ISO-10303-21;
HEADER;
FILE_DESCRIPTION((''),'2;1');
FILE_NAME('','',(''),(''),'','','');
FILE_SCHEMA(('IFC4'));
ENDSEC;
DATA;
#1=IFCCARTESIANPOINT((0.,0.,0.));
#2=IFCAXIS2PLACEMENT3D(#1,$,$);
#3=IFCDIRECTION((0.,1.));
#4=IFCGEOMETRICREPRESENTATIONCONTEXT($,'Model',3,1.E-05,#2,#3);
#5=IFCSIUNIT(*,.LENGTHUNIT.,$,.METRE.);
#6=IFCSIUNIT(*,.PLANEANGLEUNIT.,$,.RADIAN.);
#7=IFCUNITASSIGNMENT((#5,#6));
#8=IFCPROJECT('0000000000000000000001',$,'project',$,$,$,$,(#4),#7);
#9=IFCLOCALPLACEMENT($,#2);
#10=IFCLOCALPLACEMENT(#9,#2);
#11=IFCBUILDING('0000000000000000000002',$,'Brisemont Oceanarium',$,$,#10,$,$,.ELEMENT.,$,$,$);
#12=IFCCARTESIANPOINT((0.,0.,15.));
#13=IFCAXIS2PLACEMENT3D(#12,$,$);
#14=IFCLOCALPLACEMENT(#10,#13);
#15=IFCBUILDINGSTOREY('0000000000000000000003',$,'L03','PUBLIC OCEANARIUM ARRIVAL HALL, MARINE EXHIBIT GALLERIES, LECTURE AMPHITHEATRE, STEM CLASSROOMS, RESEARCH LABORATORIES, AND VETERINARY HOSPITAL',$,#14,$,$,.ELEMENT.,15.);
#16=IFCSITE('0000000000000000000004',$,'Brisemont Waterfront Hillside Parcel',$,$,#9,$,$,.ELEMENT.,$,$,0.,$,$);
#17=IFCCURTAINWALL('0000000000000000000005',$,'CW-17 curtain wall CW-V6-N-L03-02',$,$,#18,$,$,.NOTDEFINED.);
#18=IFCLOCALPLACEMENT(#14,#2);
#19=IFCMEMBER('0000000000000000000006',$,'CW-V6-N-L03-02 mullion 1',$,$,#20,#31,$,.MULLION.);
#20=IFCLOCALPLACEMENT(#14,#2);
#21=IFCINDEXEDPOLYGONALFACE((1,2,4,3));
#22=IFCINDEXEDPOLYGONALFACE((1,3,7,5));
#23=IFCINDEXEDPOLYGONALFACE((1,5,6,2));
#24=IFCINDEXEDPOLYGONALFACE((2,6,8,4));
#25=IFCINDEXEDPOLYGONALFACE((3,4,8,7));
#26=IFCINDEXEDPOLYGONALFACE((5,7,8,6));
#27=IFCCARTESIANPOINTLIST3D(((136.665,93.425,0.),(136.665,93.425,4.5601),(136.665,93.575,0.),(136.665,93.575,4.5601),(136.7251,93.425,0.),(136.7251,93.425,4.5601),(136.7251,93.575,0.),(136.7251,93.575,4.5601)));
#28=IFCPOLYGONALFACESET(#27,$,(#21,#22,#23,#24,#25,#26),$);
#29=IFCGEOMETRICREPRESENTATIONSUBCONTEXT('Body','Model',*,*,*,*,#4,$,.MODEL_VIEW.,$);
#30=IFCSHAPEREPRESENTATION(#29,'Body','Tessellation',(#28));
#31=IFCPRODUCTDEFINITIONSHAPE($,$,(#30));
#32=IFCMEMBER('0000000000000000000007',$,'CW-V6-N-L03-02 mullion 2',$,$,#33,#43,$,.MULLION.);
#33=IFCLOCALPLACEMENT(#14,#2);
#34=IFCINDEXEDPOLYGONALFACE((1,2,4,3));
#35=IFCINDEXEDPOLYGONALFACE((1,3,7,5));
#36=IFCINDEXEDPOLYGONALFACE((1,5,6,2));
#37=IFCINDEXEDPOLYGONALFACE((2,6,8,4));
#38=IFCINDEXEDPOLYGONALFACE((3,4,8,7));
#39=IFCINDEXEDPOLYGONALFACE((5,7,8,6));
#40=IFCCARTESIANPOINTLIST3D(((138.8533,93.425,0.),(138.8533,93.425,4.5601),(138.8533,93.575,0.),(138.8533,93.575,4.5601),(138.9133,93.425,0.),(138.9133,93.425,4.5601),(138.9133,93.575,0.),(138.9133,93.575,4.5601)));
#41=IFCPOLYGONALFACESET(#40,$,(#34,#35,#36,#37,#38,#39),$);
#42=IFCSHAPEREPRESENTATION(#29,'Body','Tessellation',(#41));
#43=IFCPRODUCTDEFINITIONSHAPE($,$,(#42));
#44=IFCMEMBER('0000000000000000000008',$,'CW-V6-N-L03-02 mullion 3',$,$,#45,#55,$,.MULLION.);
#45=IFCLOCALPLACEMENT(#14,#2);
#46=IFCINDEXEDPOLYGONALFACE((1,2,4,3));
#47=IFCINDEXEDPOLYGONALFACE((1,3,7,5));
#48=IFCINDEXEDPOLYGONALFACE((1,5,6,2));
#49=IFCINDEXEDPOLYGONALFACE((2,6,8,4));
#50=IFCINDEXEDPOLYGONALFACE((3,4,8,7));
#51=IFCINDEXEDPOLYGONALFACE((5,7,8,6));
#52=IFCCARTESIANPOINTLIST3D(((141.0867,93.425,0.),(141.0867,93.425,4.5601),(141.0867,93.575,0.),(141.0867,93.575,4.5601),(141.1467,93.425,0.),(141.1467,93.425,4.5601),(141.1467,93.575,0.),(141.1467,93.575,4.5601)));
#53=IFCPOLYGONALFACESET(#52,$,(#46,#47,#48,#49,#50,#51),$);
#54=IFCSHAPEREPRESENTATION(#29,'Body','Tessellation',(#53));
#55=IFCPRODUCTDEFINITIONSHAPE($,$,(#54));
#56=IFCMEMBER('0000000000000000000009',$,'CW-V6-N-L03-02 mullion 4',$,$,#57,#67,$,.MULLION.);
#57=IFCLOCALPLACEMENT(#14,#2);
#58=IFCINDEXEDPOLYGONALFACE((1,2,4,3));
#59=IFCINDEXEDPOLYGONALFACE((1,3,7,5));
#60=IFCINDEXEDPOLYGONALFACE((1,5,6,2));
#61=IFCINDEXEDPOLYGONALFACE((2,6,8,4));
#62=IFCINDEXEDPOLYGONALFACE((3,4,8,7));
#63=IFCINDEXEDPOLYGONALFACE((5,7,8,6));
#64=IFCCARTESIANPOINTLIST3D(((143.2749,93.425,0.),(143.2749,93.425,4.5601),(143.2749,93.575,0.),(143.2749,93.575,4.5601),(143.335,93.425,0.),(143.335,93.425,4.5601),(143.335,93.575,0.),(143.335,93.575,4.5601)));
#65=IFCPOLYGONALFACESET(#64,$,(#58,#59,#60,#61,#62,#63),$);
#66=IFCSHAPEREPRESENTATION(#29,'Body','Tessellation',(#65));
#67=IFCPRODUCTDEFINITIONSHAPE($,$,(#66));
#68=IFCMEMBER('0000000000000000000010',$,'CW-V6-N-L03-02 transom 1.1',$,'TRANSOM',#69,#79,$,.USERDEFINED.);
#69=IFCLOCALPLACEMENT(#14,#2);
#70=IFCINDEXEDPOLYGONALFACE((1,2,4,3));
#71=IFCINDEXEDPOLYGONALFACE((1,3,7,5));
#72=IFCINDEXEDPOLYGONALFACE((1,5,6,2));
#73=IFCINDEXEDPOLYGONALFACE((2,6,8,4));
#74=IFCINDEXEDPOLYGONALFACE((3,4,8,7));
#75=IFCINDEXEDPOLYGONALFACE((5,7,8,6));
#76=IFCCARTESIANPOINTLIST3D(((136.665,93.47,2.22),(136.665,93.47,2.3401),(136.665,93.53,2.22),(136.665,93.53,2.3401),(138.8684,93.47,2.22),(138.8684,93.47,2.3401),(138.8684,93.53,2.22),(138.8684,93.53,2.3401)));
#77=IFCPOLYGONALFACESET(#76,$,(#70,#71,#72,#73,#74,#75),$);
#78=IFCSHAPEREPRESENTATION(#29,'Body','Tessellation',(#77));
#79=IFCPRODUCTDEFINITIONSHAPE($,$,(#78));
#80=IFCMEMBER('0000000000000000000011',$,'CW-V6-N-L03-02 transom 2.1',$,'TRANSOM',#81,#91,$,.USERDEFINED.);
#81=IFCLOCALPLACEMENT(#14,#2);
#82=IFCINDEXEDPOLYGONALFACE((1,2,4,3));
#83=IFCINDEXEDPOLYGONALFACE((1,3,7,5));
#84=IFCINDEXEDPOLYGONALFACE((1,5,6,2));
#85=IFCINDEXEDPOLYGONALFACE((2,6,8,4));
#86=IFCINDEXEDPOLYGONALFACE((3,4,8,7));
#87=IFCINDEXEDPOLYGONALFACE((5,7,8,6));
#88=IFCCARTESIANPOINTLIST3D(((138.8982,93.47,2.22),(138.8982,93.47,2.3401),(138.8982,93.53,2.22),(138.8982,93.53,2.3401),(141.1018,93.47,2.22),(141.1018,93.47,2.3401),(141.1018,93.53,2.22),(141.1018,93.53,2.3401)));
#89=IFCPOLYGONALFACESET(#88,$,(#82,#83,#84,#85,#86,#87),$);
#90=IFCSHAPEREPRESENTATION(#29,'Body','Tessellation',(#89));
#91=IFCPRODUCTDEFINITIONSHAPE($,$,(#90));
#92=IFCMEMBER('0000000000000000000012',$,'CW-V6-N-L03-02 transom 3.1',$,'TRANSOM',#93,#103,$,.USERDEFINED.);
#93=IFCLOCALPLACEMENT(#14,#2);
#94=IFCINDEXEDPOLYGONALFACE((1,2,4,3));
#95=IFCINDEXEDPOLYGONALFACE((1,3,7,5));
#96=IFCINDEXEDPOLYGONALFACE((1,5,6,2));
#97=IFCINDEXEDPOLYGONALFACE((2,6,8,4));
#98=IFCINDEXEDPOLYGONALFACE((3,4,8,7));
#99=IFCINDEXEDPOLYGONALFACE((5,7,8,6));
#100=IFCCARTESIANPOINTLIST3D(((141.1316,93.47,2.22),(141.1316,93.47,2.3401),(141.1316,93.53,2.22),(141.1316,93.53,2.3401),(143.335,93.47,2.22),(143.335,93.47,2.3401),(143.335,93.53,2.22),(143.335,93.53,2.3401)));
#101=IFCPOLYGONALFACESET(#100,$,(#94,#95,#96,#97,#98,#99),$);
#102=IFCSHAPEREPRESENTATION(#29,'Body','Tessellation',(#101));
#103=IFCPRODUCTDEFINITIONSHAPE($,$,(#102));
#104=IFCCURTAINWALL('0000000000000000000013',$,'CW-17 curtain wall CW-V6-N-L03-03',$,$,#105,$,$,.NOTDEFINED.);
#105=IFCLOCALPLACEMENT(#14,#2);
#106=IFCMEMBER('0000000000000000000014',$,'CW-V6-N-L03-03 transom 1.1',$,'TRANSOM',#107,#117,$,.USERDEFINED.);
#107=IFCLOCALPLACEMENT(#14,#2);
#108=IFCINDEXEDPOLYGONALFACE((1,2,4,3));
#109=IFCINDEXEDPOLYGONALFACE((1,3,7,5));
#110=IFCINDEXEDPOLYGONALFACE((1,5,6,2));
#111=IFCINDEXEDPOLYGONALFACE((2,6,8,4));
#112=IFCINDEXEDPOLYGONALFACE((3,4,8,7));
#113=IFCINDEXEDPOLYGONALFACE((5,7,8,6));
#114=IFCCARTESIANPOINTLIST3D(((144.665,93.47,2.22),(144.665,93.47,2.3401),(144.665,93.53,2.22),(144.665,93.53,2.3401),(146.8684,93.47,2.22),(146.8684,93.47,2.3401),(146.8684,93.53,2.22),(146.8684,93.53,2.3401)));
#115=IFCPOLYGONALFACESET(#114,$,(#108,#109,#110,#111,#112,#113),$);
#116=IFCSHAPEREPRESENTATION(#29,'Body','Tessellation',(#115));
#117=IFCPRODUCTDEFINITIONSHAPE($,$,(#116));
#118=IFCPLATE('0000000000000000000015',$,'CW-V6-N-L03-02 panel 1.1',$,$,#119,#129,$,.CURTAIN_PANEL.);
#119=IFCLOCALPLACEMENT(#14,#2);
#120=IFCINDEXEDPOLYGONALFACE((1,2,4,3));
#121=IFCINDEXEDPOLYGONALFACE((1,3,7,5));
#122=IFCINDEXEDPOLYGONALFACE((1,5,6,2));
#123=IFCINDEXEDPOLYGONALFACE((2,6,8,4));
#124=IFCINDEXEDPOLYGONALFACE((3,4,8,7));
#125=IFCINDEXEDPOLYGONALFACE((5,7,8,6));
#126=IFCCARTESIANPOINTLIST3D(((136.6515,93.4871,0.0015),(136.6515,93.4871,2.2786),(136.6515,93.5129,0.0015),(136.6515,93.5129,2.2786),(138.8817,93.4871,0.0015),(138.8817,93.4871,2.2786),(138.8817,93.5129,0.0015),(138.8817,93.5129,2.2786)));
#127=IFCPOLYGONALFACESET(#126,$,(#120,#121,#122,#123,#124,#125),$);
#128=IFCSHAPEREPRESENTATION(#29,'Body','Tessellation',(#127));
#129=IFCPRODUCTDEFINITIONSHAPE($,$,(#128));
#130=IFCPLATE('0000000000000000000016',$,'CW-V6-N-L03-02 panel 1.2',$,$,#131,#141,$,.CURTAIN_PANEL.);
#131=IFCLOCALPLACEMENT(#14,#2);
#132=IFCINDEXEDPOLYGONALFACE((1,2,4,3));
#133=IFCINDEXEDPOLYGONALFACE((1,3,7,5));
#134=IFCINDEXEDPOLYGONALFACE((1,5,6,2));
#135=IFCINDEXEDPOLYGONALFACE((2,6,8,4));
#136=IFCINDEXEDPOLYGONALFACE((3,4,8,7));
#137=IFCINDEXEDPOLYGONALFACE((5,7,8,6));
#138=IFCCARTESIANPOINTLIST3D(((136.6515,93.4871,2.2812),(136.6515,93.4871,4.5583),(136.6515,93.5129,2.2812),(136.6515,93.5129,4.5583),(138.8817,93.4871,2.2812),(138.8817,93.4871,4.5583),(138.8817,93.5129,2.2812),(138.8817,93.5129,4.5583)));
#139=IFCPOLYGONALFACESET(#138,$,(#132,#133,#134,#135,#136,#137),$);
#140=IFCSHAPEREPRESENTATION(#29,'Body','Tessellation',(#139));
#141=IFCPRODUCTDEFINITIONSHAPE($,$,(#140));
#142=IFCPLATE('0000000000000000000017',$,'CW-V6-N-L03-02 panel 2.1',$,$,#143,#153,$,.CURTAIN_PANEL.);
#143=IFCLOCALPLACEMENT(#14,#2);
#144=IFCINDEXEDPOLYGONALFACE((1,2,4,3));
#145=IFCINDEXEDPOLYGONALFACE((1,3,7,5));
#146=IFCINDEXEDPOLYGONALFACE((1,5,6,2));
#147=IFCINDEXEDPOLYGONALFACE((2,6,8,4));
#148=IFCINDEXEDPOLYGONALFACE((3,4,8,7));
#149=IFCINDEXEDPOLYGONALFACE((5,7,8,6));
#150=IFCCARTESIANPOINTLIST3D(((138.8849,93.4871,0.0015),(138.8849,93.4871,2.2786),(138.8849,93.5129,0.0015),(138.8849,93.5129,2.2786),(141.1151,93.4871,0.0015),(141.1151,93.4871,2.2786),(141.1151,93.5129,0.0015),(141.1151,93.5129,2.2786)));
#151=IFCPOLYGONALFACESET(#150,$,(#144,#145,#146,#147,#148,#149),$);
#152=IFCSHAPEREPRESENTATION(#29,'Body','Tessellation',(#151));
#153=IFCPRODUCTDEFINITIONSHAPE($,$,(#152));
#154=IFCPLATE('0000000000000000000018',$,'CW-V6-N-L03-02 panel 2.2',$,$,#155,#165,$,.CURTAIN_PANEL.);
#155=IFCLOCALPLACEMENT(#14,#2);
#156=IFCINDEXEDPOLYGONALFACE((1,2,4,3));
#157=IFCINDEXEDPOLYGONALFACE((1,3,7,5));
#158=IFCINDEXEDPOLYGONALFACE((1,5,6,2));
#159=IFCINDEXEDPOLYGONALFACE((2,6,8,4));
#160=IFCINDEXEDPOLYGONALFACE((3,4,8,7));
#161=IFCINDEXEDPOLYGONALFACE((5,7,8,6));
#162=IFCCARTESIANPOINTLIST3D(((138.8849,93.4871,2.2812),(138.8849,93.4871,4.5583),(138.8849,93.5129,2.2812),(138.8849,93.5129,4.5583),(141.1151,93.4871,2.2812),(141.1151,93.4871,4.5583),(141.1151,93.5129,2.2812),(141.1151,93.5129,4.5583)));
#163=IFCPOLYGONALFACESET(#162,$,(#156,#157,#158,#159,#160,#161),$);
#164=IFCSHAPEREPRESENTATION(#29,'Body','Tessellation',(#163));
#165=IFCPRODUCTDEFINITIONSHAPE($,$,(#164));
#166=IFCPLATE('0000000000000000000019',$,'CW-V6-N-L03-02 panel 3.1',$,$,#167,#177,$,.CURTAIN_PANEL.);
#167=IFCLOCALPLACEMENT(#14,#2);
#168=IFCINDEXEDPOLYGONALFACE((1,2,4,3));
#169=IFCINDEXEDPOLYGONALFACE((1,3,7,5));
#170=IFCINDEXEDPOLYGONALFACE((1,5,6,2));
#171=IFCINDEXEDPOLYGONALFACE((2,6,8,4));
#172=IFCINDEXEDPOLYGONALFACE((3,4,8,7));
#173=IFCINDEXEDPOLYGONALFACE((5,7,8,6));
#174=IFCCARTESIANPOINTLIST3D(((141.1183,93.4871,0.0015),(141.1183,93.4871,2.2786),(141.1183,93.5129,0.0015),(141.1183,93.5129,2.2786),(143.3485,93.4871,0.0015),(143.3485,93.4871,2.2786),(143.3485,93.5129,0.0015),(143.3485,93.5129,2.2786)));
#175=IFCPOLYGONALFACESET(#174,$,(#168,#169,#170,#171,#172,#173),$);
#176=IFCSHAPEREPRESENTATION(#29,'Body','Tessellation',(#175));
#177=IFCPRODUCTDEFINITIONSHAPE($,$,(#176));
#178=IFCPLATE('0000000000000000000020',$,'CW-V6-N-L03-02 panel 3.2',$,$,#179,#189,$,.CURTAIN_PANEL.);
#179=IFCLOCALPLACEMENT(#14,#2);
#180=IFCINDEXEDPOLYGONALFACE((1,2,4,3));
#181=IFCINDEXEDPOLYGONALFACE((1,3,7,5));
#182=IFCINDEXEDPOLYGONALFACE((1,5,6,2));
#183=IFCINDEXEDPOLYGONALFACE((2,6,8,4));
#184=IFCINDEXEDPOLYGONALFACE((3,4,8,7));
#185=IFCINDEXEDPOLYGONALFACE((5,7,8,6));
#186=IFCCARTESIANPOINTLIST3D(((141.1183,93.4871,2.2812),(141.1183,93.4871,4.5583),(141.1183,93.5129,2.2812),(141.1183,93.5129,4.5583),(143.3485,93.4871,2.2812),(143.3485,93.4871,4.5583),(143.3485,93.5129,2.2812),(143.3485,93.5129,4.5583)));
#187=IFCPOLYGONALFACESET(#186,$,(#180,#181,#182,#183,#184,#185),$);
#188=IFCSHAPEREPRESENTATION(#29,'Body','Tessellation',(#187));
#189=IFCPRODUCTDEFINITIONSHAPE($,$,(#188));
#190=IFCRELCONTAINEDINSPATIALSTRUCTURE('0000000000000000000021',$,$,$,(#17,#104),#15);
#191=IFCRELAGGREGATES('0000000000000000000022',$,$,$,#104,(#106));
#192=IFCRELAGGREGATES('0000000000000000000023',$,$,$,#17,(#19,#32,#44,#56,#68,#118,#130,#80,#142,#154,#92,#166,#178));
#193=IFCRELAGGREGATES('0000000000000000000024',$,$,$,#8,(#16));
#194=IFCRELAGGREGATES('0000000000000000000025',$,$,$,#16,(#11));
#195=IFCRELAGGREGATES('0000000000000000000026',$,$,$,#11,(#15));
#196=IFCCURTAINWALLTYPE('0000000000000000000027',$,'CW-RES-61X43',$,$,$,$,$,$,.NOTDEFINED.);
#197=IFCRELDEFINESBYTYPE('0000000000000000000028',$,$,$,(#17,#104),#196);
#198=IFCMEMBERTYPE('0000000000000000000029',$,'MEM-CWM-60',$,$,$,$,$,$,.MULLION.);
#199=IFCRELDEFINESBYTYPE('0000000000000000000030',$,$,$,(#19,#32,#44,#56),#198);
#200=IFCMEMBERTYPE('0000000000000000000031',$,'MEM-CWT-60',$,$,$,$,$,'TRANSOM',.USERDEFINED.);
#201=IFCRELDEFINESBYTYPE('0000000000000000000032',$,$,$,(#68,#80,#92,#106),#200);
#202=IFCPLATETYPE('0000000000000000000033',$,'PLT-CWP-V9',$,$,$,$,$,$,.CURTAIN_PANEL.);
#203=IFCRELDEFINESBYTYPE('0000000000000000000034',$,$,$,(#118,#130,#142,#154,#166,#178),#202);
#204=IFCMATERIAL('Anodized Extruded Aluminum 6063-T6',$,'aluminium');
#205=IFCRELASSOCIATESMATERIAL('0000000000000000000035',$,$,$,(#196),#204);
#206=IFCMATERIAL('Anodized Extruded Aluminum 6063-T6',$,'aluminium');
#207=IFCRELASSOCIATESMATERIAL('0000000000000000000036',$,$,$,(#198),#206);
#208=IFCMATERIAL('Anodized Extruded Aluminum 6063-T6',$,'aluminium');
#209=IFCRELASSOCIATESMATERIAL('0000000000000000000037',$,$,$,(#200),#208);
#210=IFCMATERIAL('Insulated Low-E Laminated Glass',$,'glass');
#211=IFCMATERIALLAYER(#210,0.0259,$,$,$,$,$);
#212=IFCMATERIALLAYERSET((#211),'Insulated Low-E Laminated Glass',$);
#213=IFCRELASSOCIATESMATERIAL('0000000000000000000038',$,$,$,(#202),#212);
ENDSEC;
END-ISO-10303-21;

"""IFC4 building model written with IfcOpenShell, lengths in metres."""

from ifc_helpers import new_model, si_unit, direction, frame, origin, origin_2d, place, context, subcontext, project, spatial, rectangle, extrude, material, layer, layer_set, material_profile, profile_set, type_object, element, aggregate, save


model = new_model("IFC4")

# Units and contexts
model_context = context("Model", 3, precision=1e-05, world=origin(), true_north=direction((0.0, 1.0)))
body_context = subcontext(model_context, "Body", "Model", "MODEL_VIEW")
ifc_project = project(units=[si_unit("LENGTHUNIT", "METRE"), si_unit("PLANEANGLEUNIT", "RADIAN")], contexts=[model_context])

# Site, building, storey
site_placement = place(None, origin())
site = spatial("IfcSite", under=ifc_project, at=site_placement, Name="Brisemont Waterfront Hillside Parcel", CompositionType="ELEMENT", RefElevation=0.0)
building_placement = place(site_placement, origin())
building = spatial("IfcBuilding", under=site, at=building_placement, Name="Brisemont Oceanarium", CompositionType="ELEMENT")
storey_placement = place(building_placement, frame((0.0, 0.0, 15.0)))
storey = spatial("IfcBuildingStorey", under=building, at=storey_placement, Name="L03", Description="PUBLIC OCEANARIUM ARRIVAL HALL, MARINE EXHIBIT GALLERIES, LECTURE AMPHITHEATRE, STEM CLASSROOMS, RESEARCH LABORATORIES, AND VETERINARY HOSPITAL", CompositionType="ELEMENT", Elevation=15.0)

# Curtain wall, members
ifc_material_1 = material(Name="Anodized Extruded Aluminum 6063-T6", Category="aluminium")
curtain_wall_type = type_object("IfcCurtainWallType", Name="CW-RES-61X43", PredefinedType="NOTDEFINED", material=ifc_material_1)
curtain_wall_1_placement = place(storey_placement, origin())
curtain_wall_1 = element("IfcCurtainWall", 1, at=curtain_wall_1_placement, inside=storey, type_object=curtain_wall_type, Name="CW-17 curtain wall CW-V6-N-L03-02", PredefinedType="NOTDEFINED")
ifc_material_2 = material(Name="Anodized Extruded Aluminum 6063-T6", Category="aluminium")
ifc_material_profile_1 = material_profile(ifc_material_2, rectangle(XDim=0.0601, YDim=0.1499, at=origin_2d()), Name="CWM-60X150")
ifc_profile_set_1 = profile_set([ifc_material_profile_1], Name="Anodized Extruded Aluminum 6063-T6")
member_type_1 = type_object("IfcMemberType", Name="MEM-CWM-60", PredefinedType="MULLION", material=ifc_profile_set_1)
member_1_placement = place(storey_placement, frame((136.6951, 93.5, 0.0), z_axis=(0.0, 0.0, 1.0), x_axis=(1.0, 0.0, 0.0)))
member_1 = element("IfcMember", 2, at=member_1_placement, type_object=member_type_1, Name="CW-V6-N-L03-02 mullion 1", PredefinedType="MULLION", context=body_context, shape_type="SweptSolid", body=[
    extrude(rectangle(XDim=0.0601, YDim=0.1499, at=origin_2d()), origin(), (0.0, 0.0, 1.0), 4.5601),
])
member_2_placement = place(storey_placement, frame((138.8833, 93.5, 0.0), z_axis=(0.0, 0.0, 1.0), x_axis=(1.0, 0.0, 0.0)))
member_2 = element("IfcMember", 3, at=member_2_placement, type_object=member_type_1, Name="CW-V6-N-L03-02 mullion 2", PredefinedType="MULLION", context=body_context, shape_type="SweptSolid", body=[
    extrude(rectangle(XDim=0.0601, YDim=0.1499, at=origin_2d()), origin(), (0.0, 0.0, 1.0), 4.5601),
])
member_3_placement = place(storey_placement, frame((141.1167, 93.5, 0.0), z_axis=(0.0, 0.0, 1.0), x_axis=(1.0, 0.0, 0.0)))
member_3 = element("IfcMember", 4, at=member_3_placement, type_object=member_type_1, Name="CW-V6-N-L03-02 mullion 3", PredefinedType="MULLION", context=body_context, shape_type="SweptSolid", body=[
    extrude(rectangle(XDim=0.0601, YDim=0.1499, at=origin_2d()), origin(), (0.0, 0.0, 1.0), 4.5601),
])
member_4_placement = place(storey_placement, frame((143.3049, 93.5, 0.0), z_axis=(0.0, 0.0, 1.0), x_axis=(1.0, 0.0, 0.0)))
member_4 = element("IfcMember", 5, at=member_4_placement, type_object=member_type_1, Name="CW-V6-N-L03-02 mullion 4", PredefinedType="MULLION", context=body_context, shape_type="SweptSolid", body=[
    extrude(rectangle(XDim=0.0601, YDim=0.1499, at=origin_2d()), origin(), (0.0, 0.0, 1.0), 4.5601),
])
ifc_material_3 = material(Name="Anodized Extruded Aluminum 6063-T6", Category="aluminium")
ifc_material_profile_2 = material_profile(ifc_material_3, rectangle(XDim=0.0601, YDim=0.1201, at=origin_2d()), Name="CWT-60X120")
ifc_profile_set_2 = profile_set([ifc_material_profile_2], Name="Anodized Extruded Aluminum 6063-T6")
member_type_2 = type_object("IfcMemberType", Name="MEM-CWT-60", ElementType="TRANSOM", PredefinedType="USERDEFINED", material=ifc_profile_set_2)
member_5_placement = place(storey_placement, frame((136.665, 93.5, 2.28), z_axis=(1.0, 0.0, 0.0), x_axis=(0.0, 1.0, 0.0)))
member_5 = element("IfcMember", 6, at=member_5_placement, type_object=member_type_2, Name="CW-V6-N-L03-02 transom 1.1", ObjectType="TRANSOM", PredefinedType="USERDEFINED", context=body_context, shape_type="SweptSolid", body=[
    extrude(rectangle(XDim=0.0601, YDim=0.1201, at=origin_2d()), origin(), (0.0, 0.0, 1.0), 2.2034),
])
member_6_placement = place(storey_placement, frame((138.8982, 93.5, 2.28), z_axis=(1.0, 0.0, 0.0), x_axis=(0.0, 1.0, 0.0)))
member_6 = element("IfcMember", 7, at=member_6_placement, type_object=member_type_2, Name="CW-V6-N-L03-02 transom 2.1", ObjectType="TRANSOM", PredefinedType="USERDEFINED", context=body_context, shape_type="SweptSolid", body=[
    extrude(rectangle(XDim=0.0601, YDim=0.1201, at=origin_2d()), origin(), (0.0, 0.0, 1.0), 2.2036),
])
member_7_placement = place(storey_placement, frame((141.1316, 93.5, 2.28), z_axis=(1.0, 0.0, 0.0), x_axis=(0.0, 1.0, 0.0)))
member_7 = element("IfcMember", 8, at=member_7_placement, type_object=member_type_2, Name="CW-V6-N-L03-02 transom 3.1", ObjectType="TRANSOM", PredefinedType="USERDEFINED", context=body_context, shape_type="SweptSolid", body=[
    extrude(rectangle(XDim=0.0601, YDim=0.1201, at=origin_2d()), origin(), (0.0, 0.0, 1.0), 2.2034),
])

# Curtain wall, member
curtain_wall_2_placement = place(storey_placement, origin())
curtain_wall_2 = element("IfcCurtainWall", 9, at=curtain_wall_2_placement, inside=storey, type_object=curtain_wall_type, Name="CW-17 curtain wall CW-V6-N-L03-03", PredefinedType="NOTDEFINED")
member_8_placement = place(storey_placement, frame((144.665, 93.5, 2.28), z_axis=(1.0, 0.0, 0.0), x_axis=(0.0, 1.0, 0.0)))
member_8 = element("IfcMember", 10, at=member_8_placement, type_object=member_type_2, Name="CW-V6-N-L03-03 transom 1.1", ObjectType="TRANSOM", PredefinedType="USERDEFINED", context=body_context, shape_type="SweptSolid", body=[
    extrude(rectangle(XDim=0.0601, YDim=0.1201, at=origin_2d()), origin(), (0.0, 0.0, 1.0), 2.2034),
])
aggregate(curtain_wall_2, [member_8])

# Plates
ifc_material_4 = material(Name="Insulated Low-E Laminated Glass", Category="glass")
ifc_layer_1 = layer(ifc_material_4, 0.0259)
ifc_layer_set_1 = layer_set([ifc_layer_1], Name="Insulated Low-E Laminated Glass")
plate_type = type_object("IfcPlateType", Name="PLT-CWP-V9", PredefinedType="CURTAIN_PANEL", material=ifc_layer_set_1)
plate_1_placement = place(storey_placement, frame((137.7666, 93.5, 0.0015), z_axis=(0.0, 0.0, 1.0), x_axis=(1.0, 0.0, 0.0)))
plate_1 = element("IfcPlate", 11, at=plate_1_placement, type_object=plate_type, Name="CW-V6-N-L03-02 panel 1.1", PredefinedType="CURTAIN_PANEL", context=body_context, shape_type="SweptSolid", body=[
    extrude(rectangle(XDim=2.2302, YDim=0.0259, at=origin_2d()), origin(), (0.0, 0.0, 1.0), 2.2771),
])
plate_2_placement = place(storey_placement, frame((137.7666, 93.5, 2.2812), z_axis=(0.0, 0.0, 1.0), x_axis=(1.0, 0.0, 0.0)))
plate_2 = element("IfcPlate", 12, at=plate_2_placement, type_object=plate_type, Name="CW-V6-N-L03-02 panel 1.2", PredefinedType="CURTAIN_PANEL", context=body_context, shape_type="SweptSolid", body=[
    extrude(rectangle(XDim=2.2302, YDim=0.0259, at=origin_2d()), origin(), (0.0, 0.0, 1.0), 2.2771),
])
plate_3_placement = place(storey_placement, frame((140.0, 93.5, 0.0015), z_axis=(0.0, 0.0, 1.0), x_axis=(1.0, 0.0, 0.0)))
plate_3 = element("IfcPlate", 13, at=plate_3_placement, type_object=plate_type, Name="CW-V6-N-L03-02 panel 2.1", PredefinedType="CURTAIN_PANEL", context=body_context, shape_type="SweptSolid", body=[
    extrude(rectangle(XDim=2.2302, YDim=0.0259, at=origin_2d()), origin(), (0.0, 0.0, 1.0), 2.2771),
])
plate_4_placement = place(storey_placement, frame((140.0, 93.5, 2.2812), z_axis=(0.0, 0.0, 1.0), x_axis=(1.0, 0.0, 0.0)))
plate_4 = element("IfcPlate", 14, at=plate_4_placement, type_object=plate_type, Name="CW-V6-N-L03-02 panel 2.2", PredefinedType="CURTAIN_PANEL", context=body_context, shape_type="SweptSolid", body=[
    extrude(rectangle(XDim=2.2302, YDim=0.0259, at=origin_2d()), origin(), (0.0, 0.0, 1.0), 2.2771),
])
plate_5_placement = place(storey_placement, frame((142.2334, 93.5, 0.0015), z_axis=(0.0, 0.0, 1.0), x_axis=(1.0, 0.0, 0.0)))
plate_5 = element("IfcPlate", 15, at=plate_5_placement, type_object=plate_type, Name="CW-V6-N-L03-02 panel 3.1", PredefinedType="CURTAIN_PANEL", context=body_context, shape_type="SweptSolid", body=[
    extrude(rectangle(XDim=2.2302, YDim=0.0259, at=origin_2d()), origin(), (0.0, 0.0, 1.0), 2.2771),
])
plate_6_placement = place(storey_placement, frame((142.2334, 93.5, 2.2812), z_axis=(0.0, 0.0, 1.0), x_axis=(1.0, 0.0, 0.0)))
plate_6 = element("IfcPlate", 16, at=plate_6_placement, type_object=plate_type, Name="CW-V6-N-L03-02 panel 3.2", PredefinedType="CURTAIN_PANEL", context=body_context, shape_type="SweptSolid", body=[
    extrude(rectangle(XDim=2.2302, YDim=0.0259, at=origin_2d()), origin(), (0.0, 0.0, 1.0), 2.2771),
])
aggregate(curtain_wall_1, [member_1, member_2, member_3, member_4, member_5, plate_1, plate_2, member_6, plate_3, plate_4, member_7, plate_5, plate_6])

save(model, "model.ifc")
